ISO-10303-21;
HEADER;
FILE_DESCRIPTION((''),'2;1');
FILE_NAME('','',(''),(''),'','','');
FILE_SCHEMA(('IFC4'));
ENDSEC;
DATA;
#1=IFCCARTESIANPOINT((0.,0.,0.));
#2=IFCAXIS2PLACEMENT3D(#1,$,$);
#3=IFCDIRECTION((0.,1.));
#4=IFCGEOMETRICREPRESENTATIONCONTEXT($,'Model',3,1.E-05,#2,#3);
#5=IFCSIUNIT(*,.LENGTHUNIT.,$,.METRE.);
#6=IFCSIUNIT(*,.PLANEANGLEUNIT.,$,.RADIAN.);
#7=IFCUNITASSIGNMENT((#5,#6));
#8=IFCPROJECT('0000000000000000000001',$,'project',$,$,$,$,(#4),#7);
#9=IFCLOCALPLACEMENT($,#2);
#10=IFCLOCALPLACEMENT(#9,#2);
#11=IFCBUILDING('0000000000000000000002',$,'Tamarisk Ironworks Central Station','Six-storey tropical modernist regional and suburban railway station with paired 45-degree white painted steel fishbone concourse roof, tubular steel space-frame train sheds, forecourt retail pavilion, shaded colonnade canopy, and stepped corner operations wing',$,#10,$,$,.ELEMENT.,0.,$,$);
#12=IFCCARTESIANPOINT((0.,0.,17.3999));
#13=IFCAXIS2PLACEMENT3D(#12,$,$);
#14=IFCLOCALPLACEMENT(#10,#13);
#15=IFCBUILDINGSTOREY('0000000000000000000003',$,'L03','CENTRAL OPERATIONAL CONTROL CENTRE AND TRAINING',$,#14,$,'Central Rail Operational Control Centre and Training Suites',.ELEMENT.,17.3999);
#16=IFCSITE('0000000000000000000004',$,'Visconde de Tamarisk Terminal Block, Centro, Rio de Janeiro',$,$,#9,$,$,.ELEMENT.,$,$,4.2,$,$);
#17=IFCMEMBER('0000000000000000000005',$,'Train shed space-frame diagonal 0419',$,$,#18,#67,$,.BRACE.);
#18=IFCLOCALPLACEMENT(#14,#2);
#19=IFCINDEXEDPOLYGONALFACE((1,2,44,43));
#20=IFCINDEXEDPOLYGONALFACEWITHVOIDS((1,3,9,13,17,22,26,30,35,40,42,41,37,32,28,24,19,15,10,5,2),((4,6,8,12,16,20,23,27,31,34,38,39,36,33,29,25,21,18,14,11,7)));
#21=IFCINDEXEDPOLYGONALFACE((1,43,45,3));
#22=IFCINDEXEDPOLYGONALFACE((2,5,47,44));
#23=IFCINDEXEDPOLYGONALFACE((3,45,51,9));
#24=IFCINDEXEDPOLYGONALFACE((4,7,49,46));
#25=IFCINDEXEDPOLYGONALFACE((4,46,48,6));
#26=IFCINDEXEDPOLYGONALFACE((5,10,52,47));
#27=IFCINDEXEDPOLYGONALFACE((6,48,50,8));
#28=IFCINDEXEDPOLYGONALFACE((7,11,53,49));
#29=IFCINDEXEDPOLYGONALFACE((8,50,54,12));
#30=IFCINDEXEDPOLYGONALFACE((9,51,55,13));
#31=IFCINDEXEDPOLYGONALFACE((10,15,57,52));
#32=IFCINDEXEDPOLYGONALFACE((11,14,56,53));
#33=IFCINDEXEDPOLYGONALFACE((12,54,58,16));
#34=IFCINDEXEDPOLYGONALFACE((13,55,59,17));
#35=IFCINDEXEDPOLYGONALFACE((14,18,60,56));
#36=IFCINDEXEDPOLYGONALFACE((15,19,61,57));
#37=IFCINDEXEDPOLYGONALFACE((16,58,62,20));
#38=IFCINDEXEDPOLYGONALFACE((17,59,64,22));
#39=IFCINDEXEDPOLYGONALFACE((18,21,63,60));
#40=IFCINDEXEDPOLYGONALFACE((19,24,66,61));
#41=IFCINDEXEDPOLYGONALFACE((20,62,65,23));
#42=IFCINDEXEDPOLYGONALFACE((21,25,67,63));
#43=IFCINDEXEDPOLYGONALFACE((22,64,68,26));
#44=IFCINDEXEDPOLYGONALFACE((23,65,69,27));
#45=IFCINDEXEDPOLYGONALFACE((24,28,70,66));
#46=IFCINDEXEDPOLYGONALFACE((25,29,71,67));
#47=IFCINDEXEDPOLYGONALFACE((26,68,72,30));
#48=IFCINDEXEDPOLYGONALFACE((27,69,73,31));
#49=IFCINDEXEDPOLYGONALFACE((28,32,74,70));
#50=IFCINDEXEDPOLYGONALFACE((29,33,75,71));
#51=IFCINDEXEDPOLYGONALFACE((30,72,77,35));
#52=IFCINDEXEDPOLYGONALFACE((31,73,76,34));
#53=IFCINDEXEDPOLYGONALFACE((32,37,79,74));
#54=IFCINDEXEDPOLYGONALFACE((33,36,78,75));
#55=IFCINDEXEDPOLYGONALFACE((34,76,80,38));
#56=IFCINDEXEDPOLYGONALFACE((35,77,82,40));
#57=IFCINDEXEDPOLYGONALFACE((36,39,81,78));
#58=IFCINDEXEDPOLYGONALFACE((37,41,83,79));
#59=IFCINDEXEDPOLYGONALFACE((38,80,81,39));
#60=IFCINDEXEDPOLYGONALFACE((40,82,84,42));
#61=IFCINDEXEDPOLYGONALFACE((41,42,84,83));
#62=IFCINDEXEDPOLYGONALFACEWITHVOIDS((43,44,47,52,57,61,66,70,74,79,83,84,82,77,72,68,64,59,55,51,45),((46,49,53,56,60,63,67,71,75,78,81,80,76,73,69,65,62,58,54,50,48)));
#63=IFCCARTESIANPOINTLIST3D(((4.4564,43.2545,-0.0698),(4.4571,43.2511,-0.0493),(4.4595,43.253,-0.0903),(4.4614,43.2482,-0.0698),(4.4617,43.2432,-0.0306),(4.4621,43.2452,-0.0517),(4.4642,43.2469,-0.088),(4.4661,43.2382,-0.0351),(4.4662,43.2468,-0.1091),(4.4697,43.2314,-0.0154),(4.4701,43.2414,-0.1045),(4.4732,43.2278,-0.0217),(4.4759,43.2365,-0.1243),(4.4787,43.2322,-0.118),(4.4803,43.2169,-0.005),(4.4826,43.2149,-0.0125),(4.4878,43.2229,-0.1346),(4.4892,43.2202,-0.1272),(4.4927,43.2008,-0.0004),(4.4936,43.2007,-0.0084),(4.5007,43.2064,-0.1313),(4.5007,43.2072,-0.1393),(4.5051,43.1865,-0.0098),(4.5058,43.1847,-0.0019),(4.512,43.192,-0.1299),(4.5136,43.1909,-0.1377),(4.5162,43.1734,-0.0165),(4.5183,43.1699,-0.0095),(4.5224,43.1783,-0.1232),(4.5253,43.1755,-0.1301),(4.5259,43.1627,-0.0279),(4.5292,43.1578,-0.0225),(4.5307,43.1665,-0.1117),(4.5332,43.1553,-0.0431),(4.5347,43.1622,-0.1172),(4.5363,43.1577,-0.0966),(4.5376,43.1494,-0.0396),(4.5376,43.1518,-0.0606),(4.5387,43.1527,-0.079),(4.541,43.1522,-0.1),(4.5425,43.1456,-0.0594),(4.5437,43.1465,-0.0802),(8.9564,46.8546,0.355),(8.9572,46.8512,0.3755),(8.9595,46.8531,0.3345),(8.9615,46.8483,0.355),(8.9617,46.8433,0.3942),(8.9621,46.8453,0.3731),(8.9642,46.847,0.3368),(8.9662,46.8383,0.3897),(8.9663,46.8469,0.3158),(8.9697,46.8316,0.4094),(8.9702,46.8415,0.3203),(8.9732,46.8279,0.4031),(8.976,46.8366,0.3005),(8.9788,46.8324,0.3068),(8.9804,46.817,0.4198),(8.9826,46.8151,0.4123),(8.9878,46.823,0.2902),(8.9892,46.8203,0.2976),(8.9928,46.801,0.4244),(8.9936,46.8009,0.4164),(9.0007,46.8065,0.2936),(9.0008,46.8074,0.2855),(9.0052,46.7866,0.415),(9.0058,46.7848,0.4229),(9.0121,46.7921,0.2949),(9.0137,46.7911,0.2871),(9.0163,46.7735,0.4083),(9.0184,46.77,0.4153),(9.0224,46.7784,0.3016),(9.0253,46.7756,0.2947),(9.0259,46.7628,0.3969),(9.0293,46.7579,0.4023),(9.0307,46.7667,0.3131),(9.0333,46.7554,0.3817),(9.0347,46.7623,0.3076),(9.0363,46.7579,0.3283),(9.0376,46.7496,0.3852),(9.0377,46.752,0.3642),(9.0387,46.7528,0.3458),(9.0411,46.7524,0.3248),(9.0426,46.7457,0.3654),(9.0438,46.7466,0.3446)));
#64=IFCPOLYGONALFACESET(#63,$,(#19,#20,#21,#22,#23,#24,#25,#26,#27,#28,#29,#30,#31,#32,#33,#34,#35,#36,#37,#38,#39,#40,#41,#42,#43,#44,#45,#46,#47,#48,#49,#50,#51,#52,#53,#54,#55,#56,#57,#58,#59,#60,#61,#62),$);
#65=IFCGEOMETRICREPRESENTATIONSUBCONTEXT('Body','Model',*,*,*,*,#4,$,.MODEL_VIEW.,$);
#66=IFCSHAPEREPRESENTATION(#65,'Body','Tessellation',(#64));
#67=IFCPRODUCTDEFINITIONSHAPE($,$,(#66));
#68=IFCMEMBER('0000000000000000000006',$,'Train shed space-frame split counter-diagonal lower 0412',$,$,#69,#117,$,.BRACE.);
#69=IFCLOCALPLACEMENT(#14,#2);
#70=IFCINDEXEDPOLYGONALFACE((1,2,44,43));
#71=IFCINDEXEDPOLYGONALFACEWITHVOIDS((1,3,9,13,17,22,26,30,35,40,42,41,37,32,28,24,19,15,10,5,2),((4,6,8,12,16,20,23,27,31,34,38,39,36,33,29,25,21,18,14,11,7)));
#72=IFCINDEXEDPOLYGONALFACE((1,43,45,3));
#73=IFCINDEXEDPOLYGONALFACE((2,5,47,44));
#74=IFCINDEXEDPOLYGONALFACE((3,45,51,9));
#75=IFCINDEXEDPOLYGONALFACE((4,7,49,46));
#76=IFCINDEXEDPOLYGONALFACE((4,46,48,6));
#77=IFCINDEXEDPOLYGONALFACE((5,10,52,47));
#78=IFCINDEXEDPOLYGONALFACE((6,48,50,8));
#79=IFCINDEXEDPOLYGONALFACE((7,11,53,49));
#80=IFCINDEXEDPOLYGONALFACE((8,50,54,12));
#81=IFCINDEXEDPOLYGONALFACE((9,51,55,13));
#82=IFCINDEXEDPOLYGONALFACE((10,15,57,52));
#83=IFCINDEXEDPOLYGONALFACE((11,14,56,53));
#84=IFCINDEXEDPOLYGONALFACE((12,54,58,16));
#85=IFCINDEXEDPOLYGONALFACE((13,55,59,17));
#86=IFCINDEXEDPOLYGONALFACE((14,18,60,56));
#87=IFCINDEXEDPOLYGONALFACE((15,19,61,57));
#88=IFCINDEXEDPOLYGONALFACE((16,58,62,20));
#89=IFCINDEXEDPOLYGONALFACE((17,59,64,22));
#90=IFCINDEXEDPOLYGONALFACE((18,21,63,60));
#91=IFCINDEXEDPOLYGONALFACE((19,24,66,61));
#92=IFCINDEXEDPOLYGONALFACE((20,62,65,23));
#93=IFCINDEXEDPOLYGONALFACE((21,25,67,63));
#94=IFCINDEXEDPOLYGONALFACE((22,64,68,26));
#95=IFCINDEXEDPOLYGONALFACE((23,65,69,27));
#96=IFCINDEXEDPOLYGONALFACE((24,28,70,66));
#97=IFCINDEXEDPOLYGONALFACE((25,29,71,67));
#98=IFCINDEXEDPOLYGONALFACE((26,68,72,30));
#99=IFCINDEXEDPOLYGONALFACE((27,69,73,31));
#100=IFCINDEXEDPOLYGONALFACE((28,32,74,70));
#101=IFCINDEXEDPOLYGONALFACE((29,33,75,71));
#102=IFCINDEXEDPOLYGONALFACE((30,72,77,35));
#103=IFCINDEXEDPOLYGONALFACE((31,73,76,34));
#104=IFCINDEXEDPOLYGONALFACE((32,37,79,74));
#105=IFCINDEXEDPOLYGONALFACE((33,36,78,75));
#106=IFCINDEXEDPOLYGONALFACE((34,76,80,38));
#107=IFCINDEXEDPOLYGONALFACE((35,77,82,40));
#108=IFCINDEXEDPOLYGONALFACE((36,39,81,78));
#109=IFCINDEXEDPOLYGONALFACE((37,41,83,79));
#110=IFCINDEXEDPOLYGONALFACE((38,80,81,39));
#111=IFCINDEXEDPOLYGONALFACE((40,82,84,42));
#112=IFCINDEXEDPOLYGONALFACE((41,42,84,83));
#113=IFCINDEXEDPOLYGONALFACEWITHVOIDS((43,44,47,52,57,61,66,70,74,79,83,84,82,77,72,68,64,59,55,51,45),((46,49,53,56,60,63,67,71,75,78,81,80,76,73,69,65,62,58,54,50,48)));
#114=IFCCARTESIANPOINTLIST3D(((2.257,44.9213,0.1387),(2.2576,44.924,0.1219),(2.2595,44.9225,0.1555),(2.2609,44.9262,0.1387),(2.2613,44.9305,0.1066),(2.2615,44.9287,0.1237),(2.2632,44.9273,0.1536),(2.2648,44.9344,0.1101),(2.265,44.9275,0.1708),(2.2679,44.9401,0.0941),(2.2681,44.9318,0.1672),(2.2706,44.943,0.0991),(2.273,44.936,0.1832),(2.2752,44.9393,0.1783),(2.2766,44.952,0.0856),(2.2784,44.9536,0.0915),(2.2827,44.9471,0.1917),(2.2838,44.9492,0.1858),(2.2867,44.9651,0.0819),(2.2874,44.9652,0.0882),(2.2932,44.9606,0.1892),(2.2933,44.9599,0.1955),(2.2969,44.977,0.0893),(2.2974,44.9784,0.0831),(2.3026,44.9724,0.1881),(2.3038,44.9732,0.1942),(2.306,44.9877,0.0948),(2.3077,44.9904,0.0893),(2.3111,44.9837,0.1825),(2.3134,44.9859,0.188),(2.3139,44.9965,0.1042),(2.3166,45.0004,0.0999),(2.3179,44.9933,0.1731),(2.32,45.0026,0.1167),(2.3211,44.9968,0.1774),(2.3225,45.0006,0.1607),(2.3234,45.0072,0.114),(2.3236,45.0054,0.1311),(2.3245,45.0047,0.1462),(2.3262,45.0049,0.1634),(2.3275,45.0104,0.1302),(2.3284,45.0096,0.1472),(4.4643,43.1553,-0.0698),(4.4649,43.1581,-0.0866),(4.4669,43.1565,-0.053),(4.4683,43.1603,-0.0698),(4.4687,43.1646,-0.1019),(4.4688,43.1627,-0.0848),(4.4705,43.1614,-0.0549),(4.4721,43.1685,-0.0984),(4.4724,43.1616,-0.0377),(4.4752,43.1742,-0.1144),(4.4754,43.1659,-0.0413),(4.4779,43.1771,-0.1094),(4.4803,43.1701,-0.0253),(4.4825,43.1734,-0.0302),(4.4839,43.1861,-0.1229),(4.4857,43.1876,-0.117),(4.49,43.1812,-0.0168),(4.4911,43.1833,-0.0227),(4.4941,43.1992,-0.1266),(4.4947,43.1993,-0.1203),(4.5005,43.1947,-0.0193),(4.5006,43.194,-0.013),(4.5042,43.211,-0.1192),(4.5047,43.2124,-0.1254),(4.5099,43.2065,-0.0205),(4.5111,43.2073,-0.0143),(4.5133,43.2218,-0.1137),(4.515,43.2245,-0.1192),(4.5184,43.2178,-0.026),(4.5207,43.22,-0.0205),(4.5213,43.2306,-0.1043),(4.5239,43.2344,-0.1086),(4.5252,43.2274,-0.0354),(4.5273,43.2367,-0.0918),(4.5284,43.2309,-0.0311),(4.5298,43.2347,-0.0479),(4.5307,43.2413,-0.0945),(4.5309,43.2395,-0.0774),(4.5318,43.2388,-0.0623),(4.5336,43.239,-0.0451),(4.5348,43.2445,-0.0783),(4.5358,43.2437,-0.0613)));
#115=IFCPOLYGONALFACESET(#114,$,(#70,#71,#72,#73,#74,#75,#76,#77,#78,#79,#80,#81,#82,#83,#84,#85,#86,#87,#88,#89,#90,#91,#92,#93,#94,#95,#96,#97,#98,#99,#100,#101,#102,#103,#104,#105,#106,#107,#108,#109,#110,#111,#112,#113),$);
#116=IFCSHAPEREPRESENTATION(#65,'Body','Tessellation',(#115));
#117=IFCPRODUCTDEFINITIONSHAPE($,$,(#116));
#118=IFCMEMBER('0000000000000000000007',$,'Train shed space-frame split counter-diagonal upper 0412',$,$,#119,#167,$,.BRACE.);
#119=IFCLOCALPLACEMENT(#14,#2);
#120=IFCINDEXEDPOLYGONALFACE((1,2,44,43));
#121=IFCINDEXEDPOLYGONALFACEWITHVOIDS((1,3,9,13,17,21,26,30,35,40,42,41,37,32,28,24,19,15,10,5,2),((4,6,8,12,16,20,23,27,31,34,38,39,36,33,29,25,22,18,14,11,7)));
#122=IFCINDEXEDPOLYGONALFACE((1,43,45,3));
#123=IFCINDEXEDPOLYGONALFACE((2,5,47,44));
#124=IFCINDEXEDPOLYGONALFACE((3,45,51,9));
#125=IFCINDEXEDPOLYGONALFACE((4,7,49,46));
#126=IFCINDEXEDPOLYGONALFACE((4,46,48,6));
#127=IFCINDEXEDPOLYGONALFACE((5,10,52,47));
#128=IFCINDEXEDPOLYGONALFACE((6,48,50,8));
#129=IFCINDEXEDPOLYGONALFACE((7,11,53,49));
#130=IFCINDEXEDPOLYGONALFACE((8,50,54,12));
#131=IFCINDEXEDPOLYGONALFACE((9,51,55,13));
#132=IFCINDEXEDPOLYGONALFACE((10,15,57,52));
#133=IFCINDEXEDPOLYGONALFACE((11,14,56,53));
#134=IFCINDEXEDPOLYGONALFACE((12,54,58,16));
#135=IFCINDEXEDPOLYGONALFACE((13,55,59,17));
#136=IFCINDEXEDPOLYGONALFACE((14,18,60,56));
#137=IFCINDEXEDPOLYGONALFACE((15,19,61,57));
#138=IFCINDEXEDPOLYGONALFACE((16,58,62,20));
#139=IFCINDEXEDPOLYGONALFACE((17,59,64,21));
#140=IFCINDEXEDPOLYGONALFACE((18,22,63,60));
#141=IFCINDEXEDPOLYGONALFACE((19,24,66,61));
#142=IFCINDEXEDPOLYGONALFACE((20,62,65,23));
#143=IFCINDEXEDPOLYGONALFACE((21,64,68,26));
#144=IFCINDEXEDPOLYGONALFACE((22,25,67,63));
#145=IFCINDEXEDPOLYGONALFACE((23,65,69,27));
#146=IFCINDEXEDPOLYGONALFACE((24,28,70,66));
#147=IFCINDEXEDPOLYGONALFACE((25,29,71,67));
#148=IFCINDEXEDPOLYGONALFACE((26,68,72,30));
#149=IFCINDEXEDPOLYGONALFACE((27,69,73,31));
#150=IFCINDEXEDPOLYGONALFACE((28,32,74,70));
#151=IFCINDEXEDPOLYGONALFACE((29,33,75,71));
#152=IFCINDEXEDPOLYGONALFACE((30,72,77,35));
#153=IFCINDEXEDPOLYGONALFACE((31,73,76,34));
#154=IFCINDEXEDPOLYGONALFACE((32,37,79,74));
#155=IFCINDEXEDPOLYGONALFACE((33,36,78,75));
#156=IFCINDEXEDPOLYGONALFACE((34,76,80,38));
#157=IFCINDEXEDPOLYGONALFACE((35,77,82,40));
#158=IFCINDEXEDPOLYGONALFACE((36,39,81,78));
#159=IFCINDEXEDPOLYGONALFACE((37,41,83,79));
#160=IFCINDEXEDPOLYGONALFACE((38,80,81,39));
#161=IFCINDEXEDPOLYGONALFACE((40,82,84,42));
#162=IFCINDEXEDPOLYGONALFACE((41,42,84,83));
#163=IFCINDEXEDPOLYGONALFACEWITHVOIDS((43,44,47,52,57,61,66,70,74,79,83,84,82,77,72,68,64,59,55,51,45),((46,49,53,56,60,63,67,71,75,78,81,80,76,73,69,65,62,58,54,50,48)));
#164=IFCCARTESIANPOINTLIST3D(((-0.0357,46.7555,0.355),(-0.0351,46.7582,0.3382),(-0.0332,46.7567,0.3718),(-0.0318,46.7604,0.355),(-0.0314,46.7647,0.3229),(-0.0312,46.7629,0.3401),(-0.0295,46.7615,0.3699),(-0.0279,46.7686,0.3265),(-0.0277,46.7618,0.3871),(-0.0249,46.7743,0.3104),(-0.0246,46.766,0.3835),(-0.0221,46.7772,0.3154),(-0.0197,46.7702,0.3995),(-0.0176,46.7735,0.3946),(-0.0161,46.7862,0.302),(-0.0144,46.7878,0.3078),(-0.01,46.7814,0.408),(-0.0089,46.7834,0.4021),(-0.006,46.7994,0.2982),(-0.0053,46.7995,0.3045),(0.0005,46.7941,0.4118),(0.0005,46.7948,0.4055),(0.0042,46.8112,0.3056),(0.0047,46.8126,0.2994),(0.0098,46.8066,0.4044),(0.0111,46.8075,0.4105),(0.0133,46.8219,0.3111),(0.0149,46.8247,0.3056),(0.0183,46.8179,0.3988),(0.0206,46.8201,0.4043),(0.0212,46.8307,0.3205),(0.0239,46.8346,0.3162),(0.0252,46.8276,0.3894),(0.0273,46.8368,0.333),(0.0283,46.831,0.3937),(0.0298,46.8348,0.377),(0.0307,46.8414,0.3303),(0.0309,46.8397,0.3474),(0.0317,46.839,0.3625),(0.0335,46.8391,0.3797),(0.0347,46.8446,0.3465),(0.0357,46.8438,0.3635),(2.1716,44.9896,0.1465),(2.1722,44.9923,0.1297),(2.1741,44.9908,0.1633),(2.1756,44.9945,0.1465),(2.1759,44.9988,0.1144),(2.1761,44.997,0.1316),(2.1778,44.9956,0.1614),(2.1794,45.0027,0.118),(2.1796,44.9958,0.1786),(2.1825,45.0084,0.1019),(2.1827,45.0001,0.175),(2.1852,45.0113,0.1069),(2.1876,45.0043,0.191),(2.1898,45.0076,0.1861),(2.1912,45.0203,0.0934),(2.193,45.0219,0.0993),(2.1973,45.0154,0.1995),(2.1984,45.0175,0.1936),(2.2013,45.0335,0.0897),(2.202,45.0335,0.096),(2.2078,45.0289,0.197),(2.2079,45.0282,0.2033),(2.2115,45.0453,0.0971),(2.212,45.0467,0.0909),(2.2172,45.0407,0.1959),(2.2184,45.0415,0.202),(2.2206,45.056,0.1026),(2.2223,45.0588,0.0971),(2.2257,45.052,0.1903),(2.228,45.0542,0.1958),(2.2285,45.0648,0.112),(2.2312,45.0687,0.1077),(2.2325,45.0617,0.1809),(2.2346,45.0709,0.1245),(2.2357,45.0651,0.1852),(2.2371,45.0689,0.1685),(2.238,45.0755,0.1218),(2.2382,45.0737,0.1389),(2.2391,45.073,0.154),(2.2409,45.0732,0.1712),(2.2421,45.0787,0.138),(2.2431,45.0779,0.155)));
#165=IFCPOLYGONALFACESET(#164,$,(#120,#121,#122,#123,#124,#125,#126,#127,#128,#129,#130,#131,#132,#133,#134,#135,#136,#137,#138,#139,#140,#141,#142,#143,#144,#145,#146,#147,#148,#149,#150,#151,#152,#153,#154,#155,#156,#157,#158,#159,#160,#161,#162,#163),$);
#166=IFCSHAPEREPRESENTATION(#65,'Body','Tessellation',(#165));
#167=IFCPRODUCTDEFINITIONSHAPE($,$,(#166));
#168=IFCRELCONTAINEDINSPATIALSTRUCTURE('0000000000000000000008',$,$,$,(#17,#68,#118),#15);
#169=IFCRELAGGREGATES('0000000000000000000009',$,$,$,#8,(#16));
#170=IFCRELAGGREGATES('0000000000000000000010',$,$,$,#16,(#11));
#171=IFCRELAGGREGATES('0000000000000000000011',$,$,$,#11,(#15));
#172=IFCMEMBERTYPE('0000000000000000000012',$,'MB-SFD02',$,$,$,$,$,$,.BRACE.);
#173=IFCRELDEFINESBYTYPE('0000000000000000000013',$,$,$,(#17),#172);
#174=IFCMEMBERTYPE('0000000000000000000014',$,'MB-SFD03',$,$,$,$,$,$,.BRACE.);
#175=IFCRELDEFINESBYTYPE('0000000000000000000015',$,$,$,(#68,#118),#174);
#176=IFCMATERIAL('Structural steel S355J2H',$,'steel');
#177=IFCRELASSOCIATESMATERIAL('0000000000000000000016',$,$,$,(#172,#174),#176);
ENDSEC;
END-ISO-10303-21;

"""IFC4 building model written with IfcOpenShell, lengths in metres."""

from ifc_helpers import new_model, si_unit, direction, frame, origin, origin_2d, place, context, subcontext, project, spatial, hollow_circle, extrude, material, material_profile, profile_set, type_object, element, save


model = new_model("IFC4")

# Units and contexts
model_context = context("Model", 3, precision=1e-05, world=origin(), true_north=direction((0.0, 1.0)))
body_context = subcontext(model_context, "Body", "Model", "MODEL_VIEW")
ifc_project = project(units=[si_unit("LENGTHUNIT", "METRE"), si_unit("PLANEANGLEUNIT", "RADIAN")], contexts=[model_context])

# Site, building, storey
site_placement = place(None, origin())
site = spatial("IfcSite", under=ifc_project, at=site_placement, Name="Visconde de Tamarisk Terminal Block, Centro, Rio de Janeiro", CompositionType="ELEMENT", RefElevation=4.2)
building_placement = place(site_placement, origin())
building = spatial("IfcBuilding", under=site, at=building_placement, Name="Tamarisk Ironworks Central Station", Description="Six-storey tropical modernist regional and suburban railway station with paired 45-degree white painted steel fishbone concourse roof, tubular steel space-frame train sheds, forecourt retail pavilion, shaded colonnade canopy, and stepped corner operations wing", CompositionType="ELEMENT", ElevationOfRefHeight=0.0)
storey_placement = place(building_placement, frame((0.0, 0.0, 17.3999)))
storey = spatial("IfcBuildingStorey", under=building, at=storey_placement, Name="L03", Description="CENTRAL OPERATIONAL CONTROL CENTRE AND TRAINING", LongName="Central Rail Operational Control Centre and Training Suites", CompositionType="ELEMENT", Elevation=17.3999)

# Members
ifc_material_1 = material(Name="Structural steel S355J2H", Category="steel")
ifc_material_profile_1 = material_profile(ifc_material_1, hollow_circle(Radius=0.0698, WallThickness=0.0081, at=origin_2d()), Name="CHS 139.7x8")
ifc_profile_set_1 = profile_set([ifc_material_profile_1], Name="Structural steel S355J2H")
member_type_1 = type_object("IfcMemberType", Name="MB-SFD02", PredefinedType="BRACE", material=ifc_profile_set_1)
member_1_placement = place(storey_placement, frame((4.5, 43.2, -0.0698), z_axis=(0.778748, 0.623015, 0.073515), x_axis=(-0.624705, 0.780861, 0.0)))
element("IfcMember", 1, at=member_1_placement, inside=storey, type_object=member_type_1, Name="Train shed space-frame diagonal 0419", PredefinedType="BRACE", context=body_context, shape_type="SweptSolid", body=[
    extrude(hollow_circle(Radius=0.0698, WallThickness=0.0081, at=origin_2d()), origin(), (0.0, 0.0, 1.0), 5.7786),
])
ifc_material_profile_2 = material_profile(ifc_material_1, hollow_circle(Radius=0.0571, WallThickness=0.0063, at=origin_2d()), Name="CHS 114.3x6.3")
ifc_profile_set_2 = profile_set([ifc_material_profile_2], Name="Structural steel S355J2H")
member_type_2 = type_object("IfcMemberType", Name="MB-SFD03", PredefinedType="BRACE", material=ifc_profile_set_2)
for number, where, z_axis, x_axis, name in (
    (2, (4.5, 43.2, -0.0698), (-0.778745, 0.623013, 0.073559), (-0.624706, -0.78086, 0.0), "Train shed space-frame split counter-diagonal lower 0412"),
    (3, (2.2073, 45.0342, 0.1465), (-0.778745, 0.623013, 0.073559), (-0.624706, -0.78086, 0.0), "Train shed space-frame split counter-diagonal upper 0412"),
):
    element("IfcMember", number, at=place(storey_placement, frame(where, z_axis=z_axis, x_axis=x_axis)), inside=storey, type_object=member_type_2, Name=name, PredefinedType="BRACE", context=body_context, shape_type="SweptSolid", body=[
        extrude(hollow_circle(Radius=0.0571, WallThickness=0.0063, at=origin_2d()), origin(), (0.0, 0.0, 1.0), 2.8345),
    ])

save(model, "model.ifc")
